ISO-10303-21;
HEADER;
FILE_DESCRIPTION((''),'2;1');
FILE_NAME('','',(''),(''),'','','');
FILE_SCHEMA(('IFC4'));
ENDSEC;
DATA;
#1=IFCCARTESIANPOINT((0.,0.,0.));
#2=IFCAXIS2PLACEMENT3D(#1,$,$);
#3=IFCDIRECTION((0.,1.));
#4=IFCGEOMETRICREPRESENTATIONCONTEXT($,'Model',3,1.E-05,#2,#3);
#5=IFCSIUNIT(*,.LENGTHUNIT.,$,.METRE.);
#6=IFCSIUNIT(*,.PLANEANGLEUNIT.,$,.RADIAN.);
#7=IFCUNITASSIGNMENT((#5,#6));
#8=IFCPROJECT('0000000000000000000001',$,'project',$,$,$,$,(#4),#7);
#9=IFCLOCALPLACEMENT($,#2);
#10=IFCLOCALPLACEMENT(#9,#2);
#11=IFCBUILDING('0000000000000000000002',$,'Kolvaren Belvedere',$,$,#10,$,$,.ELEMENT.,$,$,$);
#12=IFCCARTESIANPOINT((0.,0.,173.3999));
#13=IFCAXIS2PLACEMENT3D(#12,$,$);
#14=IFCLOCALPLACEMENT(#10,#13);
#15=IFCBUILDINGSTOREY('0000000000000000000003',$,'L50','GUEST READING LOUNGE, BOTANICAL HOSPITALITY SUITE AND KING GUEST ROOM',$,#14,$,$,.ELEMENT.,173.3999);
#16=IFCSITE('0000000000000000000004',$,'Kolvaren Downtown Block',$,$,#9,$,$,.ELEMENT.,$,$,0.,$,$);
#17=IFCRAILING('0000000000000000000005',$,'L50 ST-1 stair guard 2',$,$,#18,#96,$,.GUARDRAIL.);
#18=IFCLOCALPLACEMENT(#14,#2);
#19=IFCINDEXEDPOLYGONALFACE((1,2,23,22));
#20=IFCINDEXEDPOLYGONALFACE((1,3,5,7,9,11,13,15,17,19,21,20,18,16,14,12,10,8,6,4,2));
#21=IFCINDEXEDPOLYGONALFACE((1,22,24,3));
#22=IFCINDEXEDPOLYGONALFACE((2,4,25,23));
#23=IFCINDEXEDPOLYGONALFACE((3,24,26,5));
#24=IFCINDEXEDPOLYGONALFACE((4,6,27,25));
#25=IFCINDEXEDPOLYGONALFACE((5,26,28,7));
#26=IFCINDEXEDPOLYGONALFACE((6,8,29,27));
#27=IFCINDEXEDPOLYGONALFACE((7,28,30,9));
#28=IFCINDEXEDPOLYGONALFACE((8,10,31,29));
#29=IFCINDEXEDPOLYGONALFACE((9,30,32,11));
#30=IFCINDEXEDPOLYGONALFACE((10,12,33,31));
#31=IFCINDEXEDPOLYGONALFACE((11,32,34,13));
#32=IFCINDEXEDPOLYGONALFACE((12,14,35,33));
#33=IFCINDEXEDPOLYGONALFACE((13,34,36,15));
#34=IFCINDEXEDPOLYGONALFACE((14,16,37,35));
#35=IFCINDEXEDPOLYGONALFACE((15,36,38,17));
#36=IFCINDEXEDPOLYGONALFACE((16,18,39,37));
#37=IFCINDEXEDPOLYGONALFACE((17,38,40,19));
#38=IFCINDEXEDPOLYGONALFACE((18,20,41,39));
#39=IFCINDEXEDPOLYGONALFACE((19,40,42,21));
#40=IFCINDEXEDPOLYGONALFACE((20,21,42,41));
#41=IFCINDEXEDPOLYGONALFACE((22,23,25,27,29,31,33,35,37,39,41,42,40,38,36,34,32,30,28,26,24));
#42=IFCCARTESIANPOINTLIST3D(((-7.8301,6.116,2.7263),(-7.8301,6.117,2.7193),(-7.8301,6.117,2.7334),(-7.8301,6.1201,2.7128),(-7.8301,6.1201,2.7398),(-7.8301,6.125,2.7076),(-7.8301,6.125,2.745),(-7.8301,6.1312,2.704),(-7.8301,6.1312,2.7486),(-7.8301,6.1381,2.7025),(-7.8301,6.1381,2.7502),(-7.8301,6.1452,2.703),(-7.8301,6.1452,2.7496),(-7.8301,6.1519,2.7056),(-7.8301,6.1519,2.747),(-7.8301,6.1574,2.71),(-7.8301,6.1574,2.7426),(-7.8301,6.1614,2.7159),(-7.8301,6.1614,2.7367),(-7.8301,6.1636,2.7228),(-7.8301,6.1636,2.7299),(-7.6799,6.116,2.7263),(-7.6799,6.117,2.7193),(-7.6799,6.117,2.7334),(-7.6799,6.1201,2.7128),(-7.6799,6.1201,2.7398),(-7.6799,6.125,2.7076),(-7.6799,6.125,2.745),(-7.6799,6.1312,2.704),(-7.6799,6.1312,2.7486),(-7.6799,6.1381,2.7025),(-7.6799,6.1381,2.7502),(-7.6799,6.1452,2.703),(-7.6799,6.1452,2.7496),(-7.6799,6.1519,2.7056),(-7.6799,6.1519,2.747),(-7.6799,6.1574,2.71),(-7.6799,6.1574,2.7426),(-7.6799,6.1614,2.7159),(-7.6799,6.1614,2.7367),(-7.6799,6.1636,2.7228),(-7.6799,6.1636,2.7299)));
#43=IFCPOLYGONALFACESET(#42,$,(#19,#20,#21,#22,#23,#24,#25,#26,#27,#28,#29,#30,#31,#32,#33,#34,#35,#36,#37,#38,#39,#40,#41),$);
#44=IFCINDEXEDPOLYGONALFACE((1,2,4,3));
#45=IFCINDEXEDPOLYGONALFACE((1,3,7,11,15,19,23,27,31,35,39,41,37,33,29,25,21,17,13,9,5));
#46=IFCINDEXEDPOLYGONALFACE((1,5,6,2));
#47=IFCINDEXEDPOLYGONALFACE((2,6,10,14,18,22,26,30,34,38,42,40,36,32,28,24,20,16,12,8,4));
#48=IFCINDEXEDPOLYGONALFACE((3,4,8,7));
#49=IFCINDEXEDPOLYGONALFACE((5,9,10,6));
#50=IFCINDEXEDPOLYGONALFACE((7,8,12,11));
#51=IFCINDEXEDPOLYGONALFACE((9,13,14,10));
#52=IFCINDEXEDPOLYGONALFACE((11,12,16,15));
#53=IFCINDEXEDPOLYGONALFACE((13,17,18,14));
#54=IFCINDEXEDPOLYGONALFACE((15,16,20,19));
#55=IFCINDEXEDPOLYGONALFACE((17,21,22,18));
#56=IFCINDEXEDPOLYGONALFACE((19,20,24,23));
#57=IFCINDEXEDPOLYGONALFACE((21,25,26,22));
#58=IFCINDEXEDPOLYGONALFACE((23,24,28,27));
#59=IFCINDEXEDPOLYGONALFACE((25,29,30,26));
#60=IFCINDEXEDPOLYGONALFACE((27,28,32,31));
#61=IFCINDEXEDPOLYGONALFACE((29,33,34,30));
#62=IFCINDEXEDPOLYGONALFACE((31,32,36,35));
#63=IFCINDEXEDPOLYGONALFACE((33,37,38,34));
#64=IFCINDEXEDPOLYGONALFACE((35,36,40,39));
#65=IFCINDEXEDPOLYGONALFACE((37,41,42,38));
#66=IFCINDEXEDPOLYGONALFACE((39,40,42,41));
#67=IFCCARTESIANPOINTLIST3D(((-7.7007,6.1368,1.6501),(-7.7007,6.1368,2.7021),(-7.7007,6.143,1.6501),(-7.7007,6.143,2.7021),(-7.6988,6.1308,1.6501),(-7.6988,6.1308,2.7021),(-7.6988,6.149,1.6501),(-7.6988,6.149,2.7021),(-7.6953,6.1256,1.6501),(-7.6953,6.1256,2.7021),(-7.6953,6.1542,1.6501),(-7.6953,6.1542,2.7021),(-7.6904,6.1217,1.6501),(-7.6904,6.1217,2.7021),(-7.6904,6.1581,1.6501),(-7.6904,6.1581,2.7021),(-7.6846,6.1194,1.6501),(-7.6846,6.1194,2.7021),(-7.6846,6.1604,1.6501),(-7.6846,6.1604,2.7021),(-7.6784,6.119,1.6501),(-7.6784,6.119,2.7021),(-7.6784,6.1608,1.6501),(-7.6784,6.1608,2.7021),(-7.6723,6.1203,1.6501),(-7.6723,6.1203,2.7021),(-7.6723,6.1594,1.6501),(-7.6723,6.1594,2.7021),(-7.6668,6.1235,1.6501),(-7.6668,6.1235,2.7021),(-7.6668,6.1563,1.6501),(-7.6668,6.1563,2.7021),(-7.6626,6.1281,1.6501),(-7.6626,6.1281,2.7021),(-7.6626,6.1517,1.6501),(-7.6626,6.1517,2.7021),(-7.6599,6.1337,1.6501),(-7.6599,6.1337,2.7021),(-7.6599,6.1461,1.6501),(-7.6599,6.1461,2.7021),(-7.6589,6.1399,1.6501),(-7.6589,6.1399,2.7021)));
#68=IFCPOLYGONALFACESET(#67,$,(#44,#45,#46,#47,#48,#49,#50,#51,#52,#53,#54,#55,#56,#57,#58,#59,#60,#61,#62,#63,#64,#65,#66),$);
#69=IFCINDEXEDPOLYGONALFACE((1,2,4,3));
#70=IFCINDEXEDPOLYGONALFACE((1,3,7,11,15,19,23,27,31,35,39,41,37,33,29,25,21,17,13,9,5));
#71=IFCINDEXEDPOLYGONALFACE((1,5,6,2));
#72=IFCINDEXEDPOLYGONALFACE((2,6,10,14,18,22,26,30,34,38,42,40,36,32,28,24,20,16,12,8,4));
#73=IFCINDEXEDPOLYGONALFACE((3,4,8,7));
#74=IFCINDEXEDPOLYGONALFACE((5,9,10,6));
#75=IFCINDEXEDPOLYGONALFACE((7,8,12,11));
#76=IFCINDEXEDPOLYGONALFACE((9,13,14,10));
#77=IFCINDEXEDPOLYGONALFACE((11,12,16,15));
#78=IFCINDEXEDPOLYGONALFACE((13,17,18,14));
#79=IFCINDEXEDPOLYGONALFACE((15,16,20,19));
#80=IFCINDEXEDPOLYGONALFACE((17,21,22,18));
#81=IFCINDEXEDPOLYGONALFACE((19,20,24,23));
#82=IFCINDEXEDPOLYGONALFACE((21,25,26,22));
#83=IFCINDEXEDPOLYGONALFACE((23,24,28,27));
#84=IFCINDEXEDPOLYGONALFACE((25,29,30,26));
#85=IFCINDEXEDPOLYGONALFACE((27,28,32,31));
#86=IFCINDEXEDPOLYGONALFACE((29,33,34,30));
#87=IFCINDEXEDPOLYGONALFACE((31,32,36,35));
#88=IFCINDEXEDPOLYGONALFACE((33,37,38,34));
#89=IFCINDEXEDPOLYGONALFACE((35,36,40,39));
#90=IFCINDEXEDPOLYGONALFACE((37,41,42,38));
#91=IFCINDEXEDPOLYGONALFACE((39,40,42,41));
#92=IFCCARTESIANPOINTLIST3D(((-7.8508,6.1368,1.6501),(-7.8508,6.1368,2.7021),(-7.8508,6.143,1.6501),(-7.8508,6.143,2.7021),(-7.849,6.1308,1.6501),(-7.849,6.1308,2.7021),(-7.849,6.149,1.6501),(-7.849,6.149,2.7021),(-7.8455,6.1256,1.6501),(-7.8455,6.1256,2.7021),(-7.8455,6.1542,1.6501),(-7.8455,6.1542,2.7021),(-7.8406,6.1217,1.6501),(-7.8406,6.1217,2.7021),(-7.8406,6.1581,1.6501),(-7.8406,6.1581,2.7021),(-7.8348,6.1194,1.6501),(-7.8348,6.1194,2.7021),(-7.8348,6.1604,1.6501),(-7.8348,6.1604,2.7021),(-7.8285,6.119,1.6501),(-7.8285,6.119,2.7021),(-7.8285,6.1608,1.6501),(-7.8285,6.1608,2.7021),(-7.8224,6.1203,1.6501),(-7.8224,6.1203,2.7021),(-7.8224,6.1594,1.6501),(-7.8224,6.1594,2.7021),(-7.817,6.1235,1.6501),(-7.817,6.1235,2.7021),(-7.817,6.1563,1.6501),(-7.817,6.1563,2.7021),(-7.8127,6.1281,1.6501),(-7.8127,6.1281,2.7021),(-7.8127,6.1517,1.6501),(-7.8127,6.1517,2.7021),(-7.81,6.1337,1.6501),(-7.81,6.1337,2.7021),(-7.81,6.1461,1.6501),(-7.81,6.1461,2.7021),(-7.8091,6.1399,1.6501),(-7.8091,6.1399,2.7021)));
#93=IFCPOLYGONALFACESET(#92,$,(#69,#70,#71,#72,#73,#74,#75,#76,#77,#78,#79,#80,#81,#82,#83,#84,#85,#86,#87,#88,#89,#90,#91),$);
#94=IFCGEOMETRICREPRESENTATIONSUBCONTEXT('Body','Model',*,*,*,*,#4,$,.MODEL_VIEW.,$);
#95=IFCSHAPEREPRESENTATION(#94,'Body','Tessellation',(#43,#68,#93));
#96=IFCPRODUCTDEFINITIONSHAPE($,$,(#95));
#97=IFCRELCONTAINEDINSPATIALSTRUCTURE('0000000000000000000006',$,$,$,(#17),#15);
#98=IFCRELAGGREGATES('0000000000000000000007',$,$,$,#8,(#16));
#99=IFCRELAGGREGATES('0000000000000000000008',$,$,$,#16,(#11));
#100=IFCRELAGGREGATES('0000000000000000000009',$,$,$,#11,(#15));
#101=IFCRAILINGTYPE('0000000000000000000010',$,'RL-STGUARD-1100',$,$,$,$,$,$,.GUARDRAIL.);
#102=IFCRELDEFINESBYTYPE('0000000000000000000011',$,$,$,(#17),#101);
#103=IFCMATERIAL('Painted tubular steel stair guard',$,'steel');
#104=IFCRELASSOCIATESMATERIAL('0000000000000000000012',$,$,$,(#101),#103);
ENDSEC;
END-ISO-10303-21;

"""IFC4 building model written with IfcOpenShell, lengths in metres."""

from ifc_helpers import new_model, si_unit, direction, frame, origin, origin_2d, place, context, subcontext, project, spatial, circle, extrude, material, type_object, element, save


model = new_model("IFC4")

# Units and contexts
model_context = context("Model", 3, precision=1e-05, world=origin(), true_north=direction((0.0, 1.0)))
body_context = subcontext(model_context, "Body", "Model", "MODEL_VIEW")
ifc_project = project(units=[si_unit("LENGTHUNIT", "METRE"), si_unit("PLANEANGLEUNIT", "RADIAN")], contexts=[model_context])

# Site, building, storey
site_placement = place(None, origin())
site = spatial("IfcSite", under=ifc_project, at=site_placement, Name="Kolvaren Downtown Block", CompositionType="ELEMENT", RefElevation=0.0)
building_placement = place(site_placement, origin())
building = spatial("IfcBuilding", under=site, at=building_placement, Name="Kolvaren Belvedere", CompositionType="ELEMENT")
storey_placement = place(building_placement, frame((0.0, 0.0, 173.3999)))
storey = spatial("IfcBuildingStorey", under=building, at=storey_placement, Name="L50", Description="GUEST READING LOUNGE, BOTANICAL HOSPITALITY SUITE AND KING GUEST ROOM", CompositionType="ELEMENT", Elevation=173.3999)

# Railing
ifc_material_1 = material(Name="Painted tubular steel stair guard", Category="steel")
railing_type_1 = type_object("IfcRailingType", Name="RL-STGUARD-1100", PredefinedType="GUARDRAIL", material=ifc_material_1)
railing_1_placement = place(storey_placement, frame((-7.6799, 6.1399, 1.6501)))
element("IfcRailing", 1, at=railing_1_placement, inside=storey, type_object=railing_type_1, Name="L50 ST-1 stair guard 2", PredefinedType="GUARDRAIL", context=body_context, shape_type="SweptSolid", body=[
    extrude(circle(Radius=0.0239, at=origin_2d()), frame((0.0, 0.0, 1.0762), z_axis=(-1.0, 0.0, 0.0), x_axis=(0.0, -1.0, 0.0)), (0.0, 0.0, 1.0), 0.1501),
    extrude(circle(Radius=0.021, at=origin_2d()), origin(), (0.0, 0.0, 1.0), 1.052),
    extrude(circle(Radius=0.021, at=origin_2d()), frame((-0.1501, 0.0, 0.0)), (0.0, 0.0, 1.0), 1.052),
])

save(model, "model.ifc")
